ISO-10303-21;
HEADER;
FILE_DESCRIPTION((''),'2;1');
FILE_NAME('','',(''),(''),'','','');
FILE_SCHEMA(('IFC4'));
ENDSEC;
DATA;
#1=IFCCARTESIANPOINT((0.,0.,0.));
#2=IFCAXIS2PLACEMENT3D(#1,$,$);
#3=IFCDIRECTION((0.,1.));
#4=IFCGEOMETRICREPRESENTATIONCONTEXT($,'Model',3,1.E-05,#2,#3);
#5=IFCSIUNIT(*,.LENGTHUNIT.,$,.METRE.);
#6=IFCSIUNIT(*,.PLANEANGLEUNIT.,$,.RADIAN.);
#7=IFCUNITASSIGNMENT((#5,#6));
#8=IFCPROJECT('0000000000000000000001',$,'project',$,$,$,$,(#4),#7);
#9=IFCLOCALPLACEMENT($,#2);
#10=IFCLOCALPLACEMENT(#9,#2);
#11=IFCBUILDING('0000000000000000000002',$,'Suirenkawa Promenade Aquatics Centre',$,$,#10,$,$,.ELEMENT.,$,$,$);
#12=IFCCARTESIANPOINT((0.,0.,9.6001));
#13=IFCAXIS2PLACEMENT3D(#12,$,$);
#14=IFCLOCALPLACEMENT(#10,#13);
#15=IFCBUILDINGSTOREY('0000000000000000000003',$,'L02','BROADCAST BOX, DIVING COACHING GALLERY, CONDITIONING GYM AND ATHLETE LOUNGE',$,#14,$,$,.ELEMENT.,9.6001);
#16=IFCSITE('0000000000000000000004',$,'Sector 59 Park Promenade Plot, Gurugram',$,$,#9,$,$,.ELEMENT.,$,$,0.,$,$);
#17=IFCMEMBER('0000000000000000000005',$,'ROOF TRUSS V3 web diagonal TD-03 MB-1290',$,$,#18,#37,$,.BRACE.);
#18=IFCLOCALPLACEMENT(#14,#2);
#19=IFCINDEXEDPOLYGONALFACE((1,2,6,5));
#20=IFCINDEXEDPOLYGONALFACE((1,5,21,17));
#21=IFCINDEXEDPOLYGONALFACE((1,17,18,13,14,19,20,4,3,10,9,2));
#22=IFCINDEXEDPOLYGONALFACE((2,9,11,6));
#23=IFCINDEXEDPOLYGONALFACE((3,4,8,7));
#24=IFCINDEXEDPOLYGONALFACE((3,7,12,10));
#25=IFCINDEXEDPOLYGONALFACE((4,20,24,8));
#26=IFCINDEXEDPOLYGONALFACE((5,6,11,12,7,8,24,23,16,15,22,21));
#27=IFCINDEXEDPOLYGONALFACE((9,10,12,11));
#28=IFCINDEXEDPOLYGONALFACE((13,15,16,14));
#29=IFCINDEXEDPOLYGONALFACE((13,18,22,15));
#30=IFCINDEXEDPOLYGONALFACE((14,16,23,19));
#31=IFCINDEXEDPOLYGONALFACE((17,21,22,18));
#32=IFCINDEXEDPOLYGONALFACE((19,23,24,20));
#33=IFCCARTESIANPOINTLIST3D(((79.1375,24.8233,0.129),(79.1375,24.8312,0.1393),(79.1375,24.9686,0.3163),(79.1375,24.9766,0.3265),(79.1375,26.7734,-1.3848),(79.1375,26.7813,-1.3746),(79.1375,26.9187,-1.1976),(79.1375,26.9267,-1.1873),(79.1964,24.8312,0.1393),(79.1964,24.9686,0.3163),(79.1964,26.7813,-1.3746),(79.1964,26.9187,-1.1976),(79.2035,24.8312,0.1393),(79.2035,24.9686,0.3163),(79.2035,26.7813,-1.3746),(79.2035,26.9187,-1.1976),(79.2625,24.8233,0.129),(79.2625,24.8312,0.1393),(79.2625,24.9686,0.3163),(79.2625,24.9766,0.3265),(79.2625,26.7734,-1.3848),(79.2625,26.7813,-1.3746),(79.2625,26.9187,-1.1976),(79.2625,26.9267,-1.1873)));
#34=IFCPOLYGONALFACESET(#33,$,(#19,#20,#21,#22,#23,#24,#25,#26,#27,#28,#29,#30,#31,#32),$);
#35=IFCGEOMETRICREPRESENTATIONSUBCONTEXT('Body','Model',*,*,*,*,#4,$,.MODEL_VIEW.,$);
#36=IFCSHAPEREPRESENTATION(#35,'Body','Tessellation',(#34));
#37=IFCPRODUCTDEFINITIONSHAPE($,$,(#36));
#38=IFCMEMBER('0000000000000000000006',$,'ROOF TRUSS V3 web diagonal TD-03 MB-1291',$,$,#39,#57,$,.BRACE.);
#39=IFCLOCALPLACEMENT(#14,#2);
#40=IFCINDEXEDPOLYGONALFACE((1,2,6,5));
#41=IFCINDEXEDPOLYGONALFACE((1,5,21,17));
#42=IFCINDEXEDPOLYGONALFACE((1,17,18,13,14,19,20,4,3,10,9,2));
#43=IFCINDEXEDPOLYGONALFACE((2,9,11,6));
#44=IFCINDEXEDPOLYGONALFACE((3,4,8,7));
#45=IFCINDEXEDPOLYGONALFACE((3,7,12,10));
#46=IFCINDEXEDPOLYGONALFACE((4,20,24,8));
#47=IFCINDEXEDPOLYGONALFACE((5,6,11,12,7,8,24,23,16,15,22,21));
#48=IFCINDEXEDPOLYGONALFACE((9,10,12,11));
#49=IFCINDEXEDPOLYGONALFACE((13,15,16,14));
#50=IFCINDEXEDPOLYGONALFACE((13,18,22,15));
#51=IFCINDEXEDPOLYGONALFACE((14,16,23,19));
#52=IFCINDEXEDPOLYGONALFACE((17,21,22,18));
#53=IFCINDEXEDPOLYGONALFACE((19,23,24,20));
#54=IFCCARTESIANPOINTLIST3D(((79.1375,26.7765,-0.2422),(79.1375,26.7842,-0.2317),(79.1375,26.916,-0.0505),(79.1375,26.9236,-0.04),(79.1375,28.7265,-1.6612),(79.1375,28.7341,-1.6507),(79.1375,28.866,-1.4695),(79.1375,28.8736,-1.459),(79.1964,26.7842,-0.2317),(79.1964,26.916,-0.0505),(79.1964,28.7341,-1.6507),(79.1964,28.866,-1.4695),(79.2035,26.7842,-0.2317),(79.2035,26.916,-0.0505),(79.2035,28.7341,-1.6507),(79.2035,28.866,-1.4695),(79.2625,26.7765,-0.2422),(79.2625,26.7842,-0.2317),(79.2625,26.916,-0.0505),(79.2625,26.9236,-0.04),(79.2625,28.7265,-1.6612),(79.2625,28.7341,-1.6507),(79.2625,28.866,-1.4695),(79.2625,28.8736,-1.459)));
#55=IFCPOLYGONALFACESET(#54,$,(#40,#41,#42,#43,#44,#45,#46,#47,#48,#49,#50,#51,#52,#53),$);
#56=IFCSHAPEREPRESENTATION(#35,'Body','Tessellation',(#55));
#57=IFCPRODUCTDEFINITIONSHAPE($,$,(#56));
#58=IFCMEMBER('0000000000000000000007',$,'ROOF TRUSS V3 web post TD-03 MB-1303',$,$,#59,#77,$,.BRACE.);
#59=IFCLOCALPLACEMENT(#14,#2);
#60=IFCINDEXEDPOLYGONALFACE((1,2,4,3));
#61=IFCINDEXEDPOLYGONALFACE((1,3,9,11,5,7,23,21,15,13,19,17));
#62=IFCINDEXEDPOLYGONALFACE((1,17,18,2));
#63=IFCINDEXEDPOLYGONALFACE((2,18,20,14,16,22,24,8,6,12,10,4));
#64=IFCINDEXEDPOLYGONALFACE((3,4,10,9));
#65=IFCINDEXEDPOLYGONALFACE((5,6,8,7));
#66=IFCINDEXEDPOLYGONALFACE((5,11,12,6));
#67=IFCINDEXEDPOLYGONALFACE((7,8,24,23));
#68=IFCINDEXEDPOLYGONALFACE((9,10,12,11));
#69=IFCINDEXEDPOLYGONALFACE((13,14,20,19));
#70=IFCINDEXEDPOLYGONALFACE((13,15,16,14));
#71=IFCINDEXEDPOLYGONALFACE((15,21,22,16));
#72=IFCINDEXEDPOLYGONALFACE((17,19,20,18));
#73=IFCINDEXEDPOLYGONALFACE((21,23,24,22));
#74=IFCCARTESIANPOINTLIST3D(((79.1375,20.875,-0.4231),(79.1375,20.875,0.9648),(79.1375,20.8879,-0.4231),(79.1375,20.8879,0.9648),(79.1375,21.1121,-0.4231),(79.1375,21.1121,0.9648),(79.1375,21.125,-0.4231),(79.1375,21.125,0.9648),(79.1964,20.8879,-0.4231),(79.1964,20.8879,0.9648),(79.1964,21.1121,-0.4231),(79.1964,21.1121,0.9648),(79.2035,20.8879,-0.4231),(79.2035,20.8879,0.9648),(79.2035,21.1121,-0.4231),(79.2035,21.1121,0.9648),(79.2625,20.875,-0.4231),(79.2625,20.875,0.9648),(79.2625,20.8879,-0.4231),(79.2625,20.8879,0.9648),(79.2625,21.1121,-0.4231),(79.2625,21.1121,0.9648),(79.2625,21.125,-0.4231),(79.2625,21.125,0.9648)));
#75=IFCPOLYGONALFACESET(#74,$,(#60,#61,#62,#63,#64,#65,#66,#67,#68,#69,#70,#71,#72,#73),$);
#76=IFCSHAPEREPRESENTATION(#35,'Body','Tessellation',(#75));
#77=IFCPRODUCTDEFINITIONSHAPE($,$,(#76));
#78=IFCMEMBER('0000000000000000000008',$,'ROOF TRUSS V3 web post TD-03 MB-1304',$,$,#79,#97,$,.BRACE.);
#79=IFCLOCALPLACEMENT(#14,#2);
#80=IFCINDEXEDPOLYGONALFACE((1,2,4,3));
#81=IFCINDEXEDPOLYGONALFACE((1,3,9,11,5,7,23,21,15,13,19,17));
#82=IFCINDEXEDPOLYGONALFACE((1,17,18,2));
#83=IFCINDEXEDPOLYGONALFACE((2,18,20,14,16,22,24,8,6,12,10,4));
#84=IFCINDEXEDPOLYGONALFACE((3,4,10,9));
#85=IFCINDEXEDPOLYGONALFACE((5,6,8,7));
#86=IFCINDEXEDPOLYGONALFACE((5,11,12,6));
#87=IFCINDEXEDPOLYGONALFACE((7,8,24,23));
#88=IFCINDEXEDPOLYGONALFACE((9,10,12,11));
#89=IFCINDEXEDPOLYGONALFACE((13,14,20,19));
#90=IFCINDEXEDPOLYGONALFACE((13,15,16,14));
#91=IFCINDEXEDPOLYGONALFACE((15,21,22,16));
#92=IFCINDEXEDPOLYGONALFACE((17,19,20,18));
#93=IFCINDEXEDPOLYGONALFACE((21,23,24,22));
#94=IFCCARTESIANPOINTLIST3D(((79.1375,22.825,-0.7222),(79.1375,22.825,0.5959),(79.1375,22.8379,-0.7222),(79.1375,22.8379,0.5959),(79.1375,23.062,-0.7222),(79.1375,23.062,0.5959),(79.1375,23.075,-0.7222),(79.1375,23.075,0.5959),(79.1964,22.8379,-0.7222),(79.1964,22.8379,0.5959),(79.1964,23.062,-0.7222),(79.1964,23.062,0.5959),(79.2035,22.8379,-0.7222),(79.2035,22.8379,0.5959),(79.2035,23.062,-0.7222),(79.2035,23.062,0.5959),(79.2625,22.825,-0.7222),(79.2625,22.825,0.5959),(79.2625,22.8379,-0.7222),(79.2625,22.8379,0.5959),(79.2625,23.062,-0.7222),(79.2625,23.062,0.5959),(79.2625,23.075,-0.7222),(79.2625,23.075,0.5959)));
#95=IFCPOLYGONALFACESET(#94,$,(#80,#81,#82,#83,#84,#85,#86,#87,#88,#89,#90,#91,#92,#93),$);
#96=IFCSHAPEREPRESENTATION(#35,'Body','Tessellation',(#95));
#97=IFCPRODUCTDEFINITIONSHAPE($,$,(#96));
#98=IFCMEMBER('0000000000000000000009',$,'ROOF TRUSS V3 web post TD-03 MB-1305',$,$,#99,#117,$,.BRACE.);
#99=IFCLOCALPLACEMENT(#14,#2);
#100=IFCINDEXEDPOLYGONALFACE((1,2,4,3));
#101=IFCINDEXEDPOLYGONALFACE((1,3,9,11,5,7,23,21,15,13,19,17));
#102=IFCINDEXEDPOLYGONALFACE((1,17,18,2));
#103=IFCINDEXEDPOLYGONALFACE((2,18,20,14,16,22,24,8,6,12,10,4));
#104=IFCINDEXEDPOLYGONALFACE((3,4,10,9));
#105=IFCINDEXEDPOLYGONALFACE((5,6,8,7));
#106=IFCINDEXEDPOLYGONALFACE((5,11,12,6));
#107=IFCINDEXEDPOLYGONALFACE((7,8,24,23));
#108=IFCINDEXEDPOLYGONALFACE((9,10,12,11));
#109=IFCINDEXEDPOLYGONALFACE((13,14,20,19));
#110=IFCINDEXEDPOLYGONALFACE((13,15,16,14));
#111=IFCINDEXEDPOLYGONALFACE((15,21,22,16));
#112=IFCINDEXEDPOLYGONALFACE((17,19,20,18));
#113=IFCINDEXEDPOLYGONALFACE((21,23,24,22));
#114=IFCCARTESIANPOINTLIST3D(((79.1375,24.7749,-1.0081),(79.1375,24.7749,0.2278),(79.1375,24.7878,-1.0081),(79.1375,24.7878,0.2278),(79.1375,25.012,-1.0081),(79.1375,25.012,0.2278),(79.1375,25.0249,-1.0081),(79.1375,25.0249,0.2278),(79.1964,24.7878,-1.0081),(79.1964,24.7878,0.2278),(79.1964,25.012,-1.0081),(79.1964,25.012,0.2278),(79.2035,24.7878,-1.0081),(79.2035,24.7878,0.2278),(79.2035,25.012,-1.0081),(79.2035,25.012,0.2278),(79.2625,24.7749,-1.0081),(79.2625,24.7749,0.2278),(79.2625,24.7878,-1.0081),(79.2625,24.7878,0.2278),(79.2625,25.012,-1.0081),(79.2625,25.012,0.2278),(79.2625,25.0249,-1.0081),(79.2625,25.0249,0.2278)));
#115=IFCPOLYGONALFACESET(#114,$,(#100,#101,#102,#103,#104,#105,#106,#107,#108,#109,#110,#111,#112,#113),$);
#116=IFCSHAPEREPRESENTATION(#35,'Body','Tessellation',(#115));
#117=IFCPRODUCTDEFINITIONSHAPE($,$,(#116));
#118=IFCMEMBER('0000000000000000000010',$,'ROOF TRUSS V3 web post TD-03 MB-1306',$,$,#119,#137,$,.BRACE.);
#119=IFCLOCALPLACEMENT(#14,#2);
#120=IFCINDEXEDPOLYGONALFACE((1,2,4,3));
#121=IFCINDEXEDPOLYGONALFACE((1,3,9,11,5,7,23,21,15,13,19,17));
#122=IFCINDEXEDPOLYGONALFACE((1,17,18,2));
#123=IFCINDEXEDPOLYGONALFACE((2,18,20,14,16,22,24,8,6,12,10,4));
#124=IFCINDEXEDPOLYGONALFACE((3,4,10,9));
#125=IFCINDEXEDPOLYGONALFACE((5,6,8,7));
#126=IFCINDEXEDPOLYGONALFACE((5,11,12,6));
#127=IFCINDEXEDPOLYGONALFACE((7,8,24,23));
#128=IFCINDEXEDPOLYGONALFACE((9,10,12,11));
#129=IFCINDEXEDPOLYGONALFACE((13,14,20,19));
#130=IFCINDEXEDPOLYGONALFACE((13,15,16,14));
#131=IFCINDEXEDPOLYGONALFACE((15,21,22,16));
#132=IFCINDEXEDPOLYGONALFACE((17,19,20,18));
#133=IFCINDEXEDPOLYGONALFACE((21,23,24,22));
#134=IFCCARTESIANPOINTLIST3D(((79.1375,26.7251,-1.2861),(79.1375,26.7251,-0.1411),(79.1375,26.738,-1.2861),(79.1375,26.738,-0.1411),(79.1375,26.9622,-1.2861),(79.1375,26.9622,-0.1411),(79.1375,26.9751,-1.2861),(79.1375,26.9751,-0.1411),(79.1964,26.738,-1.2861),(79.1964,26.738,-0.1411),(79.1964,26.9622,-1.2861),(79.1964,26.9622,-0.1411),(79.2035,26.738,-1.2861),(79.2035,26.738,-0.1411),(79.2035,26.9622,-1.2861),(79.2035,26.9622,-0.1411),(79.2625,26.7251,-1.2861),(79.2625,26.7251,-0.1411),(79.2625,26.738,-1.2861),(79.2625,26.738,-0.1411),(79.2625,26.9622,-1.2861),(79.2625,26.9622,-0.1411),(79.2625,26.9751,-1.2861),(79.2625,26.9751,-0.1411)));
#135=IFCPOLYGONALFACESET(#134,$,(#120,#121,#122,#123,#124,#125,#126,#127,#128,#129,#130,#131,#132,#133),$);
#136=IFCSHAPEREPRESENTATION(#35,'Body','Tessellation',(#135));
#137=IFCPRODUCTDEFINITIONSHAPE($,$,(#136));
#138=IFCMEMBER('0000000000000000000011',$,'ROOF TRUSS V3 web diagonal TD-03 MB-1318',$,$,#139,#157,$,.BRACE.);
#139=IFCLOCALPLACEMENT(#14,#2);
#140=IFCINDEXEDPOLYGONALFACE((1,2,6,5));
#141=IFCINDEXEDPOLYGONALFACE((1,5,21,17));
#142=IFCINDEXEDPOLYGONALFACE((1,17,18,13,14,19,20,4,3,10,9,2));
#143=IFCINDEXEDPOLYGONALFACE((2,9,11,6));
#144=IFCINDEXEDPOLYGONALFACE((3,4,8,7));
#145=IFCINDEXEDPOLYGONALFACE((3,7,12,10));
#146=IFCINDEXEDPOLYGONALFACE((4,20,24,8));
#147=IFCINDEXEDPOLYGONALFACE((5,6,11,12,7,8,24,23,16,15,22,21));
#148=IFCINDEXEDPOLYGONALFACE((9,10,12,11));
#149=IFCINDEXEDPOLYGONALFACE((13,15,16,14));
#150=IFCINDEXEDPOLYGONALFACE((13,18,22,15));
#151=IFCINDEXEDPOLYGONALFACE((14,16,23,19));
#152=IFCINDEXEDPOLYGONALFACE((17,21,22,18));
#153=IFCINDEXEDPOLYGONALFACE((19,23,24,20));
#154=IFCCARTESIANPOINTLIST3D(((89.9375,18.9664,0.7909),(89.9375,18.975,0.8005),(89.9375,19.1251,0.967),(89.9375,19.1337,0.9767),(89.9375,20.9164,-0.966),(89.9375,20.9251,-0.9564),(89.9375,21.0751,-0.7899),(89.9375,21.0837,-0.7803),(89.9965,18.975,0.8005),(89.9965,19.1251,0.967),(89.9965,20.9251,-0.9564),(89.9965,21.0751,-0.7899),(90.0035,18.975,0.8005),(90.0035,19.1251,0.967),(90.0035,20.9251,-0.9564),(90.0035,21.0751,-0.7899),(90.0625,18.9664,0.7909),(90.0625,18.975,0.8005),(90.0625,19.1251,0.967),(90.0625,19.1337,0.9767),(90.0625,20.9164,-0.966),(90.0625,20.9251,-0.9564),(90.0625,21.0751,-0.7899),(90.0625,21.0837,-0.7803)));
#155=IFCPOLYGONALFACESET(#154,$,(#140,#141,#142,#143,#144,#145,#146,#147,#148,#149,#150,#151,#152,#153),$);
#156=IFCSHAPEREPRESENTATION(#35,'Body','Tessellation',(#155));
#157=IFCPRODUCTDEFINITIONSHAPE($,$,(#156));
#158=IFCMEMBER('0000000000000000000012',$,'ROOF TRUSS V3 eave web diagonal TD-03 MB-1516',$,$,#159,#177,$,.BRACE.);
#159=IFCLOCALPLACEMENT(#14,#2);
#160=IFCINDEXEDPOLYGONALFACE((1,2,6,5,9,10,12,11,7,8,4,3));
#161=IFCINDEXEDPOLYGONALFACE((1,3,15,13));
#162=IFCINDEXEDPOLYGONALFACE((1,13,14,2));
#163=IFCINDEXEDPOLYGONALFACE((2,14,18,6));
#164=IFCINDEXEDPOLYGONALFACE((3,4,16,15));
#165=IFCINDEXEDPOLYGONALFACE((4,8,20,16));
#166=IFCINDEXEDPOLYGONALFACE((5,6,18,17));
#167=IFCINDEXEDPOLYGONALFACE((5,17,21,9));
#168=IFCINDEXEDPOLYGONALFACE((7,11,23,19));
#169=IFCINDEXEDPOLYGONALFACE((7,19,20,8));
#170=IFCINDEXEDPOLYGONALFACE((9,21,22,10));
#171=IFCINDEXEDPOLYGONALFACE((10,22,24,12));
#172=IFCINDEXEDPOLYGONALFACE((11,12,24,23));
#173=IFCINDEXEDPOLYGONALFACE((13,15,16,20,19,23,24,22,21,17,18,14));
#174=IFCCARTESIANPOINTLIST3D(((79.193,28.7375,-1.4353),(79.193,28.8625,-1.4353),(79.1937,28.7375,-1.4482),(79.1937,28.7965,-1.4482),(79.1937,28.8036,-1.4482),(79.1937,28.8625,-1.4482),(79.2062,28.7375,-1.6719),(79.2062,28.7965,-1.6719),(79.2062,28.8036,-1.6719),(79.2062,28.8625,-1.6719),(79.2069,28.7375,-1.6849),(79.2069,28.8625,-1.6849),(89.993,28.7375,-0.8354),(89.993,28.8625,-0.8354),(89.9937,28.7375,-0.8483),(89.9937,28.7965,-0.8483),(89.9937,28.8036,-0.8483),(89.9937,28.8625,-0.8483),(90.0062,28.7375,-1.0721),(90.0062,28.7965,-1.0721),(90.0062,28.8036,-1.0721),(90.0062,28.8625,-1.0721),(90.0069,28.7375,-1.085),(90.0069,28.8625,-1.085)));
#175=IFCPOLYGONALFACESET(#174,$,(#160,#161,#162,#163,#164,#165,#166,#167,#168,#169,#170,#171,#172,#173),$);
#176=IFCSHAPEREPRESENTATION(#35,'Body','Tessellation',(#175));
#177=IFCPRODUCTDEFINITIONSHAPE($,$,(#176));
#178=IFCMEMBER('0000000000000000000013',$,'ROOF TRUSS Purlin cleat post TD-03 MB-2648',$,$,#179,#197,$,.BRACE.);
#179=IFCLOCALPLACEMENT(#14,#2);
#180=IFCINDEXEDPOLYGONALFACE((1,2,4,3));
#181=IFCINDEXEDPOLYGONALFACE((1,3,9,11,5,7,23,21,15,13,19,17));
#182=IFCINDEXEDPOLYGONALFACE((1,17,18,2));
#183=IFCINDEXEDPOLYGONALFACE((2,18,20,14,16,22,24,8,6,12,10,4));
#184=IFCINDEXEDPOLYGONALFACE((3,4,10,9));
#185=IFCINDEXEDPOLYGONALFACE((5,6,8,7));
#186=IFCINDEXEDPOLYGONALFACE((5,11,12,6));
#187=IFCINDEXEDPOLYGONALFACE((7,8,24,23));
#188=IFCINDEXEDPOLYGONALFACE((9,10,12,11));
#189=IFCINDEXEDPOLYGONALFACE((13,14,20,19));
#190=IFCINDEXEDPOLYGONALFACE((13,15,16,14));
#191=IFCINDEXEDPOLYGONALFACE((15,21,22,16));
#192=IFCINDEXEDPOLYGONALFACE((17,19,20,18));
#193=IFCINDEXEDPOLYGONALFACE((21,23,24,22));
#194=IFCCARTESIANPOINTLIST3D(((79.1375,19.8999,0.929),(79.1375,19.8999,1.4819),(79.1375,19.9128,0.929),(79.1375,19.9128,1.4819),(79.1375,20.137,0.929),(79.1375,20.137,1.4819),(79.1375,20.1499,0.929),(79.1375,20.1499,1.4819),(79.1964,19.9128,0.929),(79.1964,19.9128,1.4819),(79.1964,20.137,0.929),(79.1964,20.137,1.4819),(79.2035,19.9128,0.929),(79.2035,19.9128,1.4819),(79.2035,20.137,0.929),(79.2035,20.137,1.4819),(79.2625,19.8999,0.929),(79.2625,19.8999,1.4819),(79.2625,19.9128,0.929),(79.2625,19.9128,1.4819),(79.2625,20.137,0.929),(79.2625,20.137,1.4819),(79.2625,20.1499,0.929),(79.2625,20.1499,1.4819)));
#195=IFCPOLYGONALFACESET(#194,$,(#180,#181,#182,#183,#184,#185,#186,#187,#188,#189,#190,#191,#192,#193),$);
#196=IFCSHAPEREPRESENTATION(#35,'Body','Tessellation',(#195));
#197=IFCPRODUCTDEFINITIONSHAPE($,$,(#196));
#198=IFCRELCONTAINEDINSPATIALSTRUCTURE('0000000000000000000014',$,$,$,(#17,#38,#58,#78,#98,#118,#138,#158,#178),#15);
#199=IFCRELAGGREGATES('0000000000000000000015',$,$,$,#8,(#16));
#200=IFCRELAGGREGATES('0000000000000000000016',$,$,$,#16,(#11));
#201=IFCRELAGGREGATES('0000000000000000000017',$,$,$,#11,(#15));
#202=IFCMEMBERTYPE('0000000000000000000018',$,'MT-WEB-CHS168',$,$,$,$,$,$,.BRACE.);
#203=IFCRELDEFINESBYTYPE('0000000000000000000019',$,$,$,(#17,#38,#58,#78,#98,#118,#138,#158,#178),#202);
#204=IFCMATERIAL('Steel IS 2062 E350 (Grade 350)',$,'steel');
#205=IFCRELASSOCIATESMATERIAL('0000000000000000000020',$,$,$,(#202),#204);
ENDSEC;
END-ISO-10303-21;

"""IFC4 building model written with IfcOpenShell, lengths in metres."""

from ifc_helpers import new_model, si_unit, direction, frame, origin, origin_2d, place, context, subcontext, project, spatial, i_section, extrude, material, material_profile, profile_set, type_object, element, save


model = new_model("IFC4")

# Units and contexts
model_context = context("Model", 3, precision=1e-05, world=origin(), true_north=direction((0.0, 1.0)))
body_context = subcontext(model_context, "Body", "Model", "MODEL_VIEW")
ifc_project = project(units=[si_unit("LENGTHUNIT", "METRE"), si_unit("PLANEANGLEUNIT", "RADIAN")], contexts=[model_context])

# Site, building, storey
site_placement = place(None, origin())
site = spatial("IfcSite", under=ifc_project, at=site_placement, Name="Sector 59 Park Promenade Plot, Gurugram", CompositionType="ELEMENT", RefElevation=0.0)
building_placement = place(site_placement, origin())
building = spatial("IfcBuilding", under=site, at=building_placement, Name="Suirenkawa Promenade Aquatics Centre", CompositionType="ELEMENT")
storey_placement = place(building_placement, frame((0.0, 0.0, 9.6001)))
storey = spatial("IfcBuildingStorey", under=building, at=storey_placement, Name="L02", Description="BROADCAST BOX, DIVING COACHING GALLERY, CONDITIONING GYM AND ATHLETE LOUNGE", CompositionType="ELEMENT", Elevation=9.6001)

# Shared definitions
ifc_material = material(Name="Steel IS 2062 E350 (Grade 350)", Category="steel")

# Members
ifc_material_profile_1 = material_profile(ifc_material, i_section(OverallWidth=0.125, OverallDepth=0.25, WebThickness=0.0071, FlangeThickness=0.0129, at=origin_2d()), Name="ISMB 250", Category="steel")
ifc_profile_set_1 = profile_set([ifc_material_profile_1], Name="Steel IS 2062 E350 (Grade 350)")
member_type_1 = type_object("IfcMemberType", Name="MT-WEB-CHS168", PredefinedType="BRACE", material=ifc_profile_set_1)
member_1_placement = place(storey_placement, frame((79.2, 24.8999, 0.2278), z_axis=(0.0, 0.789922, -0.613208), x_axis=(-1.0, 0.0, 0.0)))
element("IfcMember", 1, at=member_1_placement, inside=storey, type_object=member_type_1, Name="ROOF TRUSS V3 web diagonal TD-03 MB-1290", PredefinedType="BRACE", context=body_context, shape_type="SweptSolid", body=[
    extrude(i_section(OverallWidth=0.125, OverallDepth=0.25, WebThickness=0.0071, FlangeThickness=0.0129, at=origin_2d()), origin(), (0.0, 0.0, 1.0), 2.4688),
])
member_2_placement = place(storey_placement, frame((79.2, 26.8501, -0.1411), z_axis=(0.0, 0.808578, -0.588388), x_axis=(-1.0, 0.0, 0.0)))
element("IfcMember", 2, at=member_2_placement, inside=storey, type_object=member_type_1, Name="ROOF TRUSS V3 web diagonal TD-03 MB-1291", PredefinedType="BRACE", context=body_context, shape_type="SweptSolid", body=[
    extrude(i_section(OverallWidth=0.125, OverallDepth=0.25, WebThickness=0.0071, FlangeThickness=0.0129, at=origin_2d()), origin(), (0.0, 0.0, 1.0), 2.4116),
])
member_3_placement = place(storey_placement, frame((79.2, 21.0, -0.4231), z_axis=(0.0, 0.0, 1.0), x_axis=(1.0, 0.0, 0.0)))
element("IfcMember", 3, at=member_3_placement, inside=storey, type_object=member_type_1, Name="ROOF TRUSS V3 web post TD-03 MB-1303", PredefinedType="BRACE", context=body_context, shape_type="SweptSolid", body=[
    extrude(i_section(OverallWidth=0.125, OverallDepth=0.25, WebThickness=0.0071, FlangeThickness=0.0129, at=origin_2d()), origin(), (0.0, 0.0, 1.0), 1.3879),
])
member_4_placement = place(storey_placement, frame((79.2, 22.95, -0.7222), z_axis=(0.0, 0.0, 1.0), x_axis=(1.0, 0.0, 0.0)))
element("IfcMember", 4, at=member_4_placement, inside=storey, type_object=member_type_1, Name="ROOF TRUSS V3 web post TD-03 MB-1304", PredefinedType="BRACE", context=body_context, shape_type="SweptSolid", body=[
    extrude(i_section(OverallWidth=0.125, OverallDepth=0.25, WebThickness=0.0071, FlangeThickness=0.0129, at=origin_2d()), origin(), (0.0, 0.0, 1.0), 1.3181),
])
member_5_placement = place(storey_placement, frame((79.2, 24.8999, -1.0081), z_axis=(0.0, 0.0, 1.0), x_axis=(1.0, 0.0, 0.0)))
element("IfcMember", 5, at=member_5_placement, inside=storey, type_object=member_type_1, Name="ROOF TRUSS V3 web post TD-03 MB-1305", PredefinedType="BRACE", context=body_context, shape_type="SweptSolid", body=[
    extrude(i_section(OverallWidth=0.125, OverallDepth=0.25, WebThickness=0.0071, FlangeThickness=0.0129, at=origin_2d()), origin(), (0.0, 0.0, 1.0), 1.2358),
])
member_6_placement = place(storey_placement, frame((79.2, 26.8501, -1.2861), z_axis=(0.0, 0.0, 1.0), x_axis=(1.0, 0.0, 0.0)))
element("IfcMember", 6, at=member_6_placement, inside=storey, type_object=member_type_1, Name="ROOF TRUSS V3 web post TD-03 MB-1306", PredefinedType="BRACE", context=body_context, shape_type="SweptSolid", body=[
    extrude(i_section(OverallWidth=0.125, OverallDepth=0.25, WebThickness=0.0071, FlangeThickness=0.0129, at=origin_2d()), origin(), (0.0, 0.0, 1.0), 1.145),
])
member_7_placement = place(storey_placement, frame((90.0, 19.05, 0.8838), z_axis=(0.0, 0.742938, -0.66936), x_axis=(-1.0, 0.0, 0.0)))
element("IfcMember", 7, at=member_7_placement, inside=storey, type_object=member_type_1, Name="ROOF TRUSS V3 web diagonal TD-03 MB-1318", PredefinedType="BRACE", context=body_context, shape_type="SweptSolid", body=[
    extrude(i_section(OverallWidth=0.125, OverallDepth=0.25, WebThickness=0.0071, FlangeThickness=0.0129, at=origin_2d()), origin(), (0.0, 0.0, 1.0), 2.6248),
])
member_8_placement = place(storey_placement, frame((79.2, 28.8, -1.5601), z_axis=(0.998461, 0.0, 0.055456), x_axis=(0.0, 1.0, 0.0)))
element("IfcMember", 8, at=member_8_placement, inside=storey, type_object=member_type_1, Name="ROOF TRUSS V3 eave web diagonal TD-03 MB-1516", PredefinedType="BRACE", context=body_context, shape_type="SweptSolid", body=[
    extrude(i_section(OverallWidth=0.125, OverallDepth=0.25, WebThickness=0.0071, FlangeThickness=0.0129, at=origin_2d()), origin(), (0.0, 0.0, 1.0), 10.8167),
])
member_9_placement = place(storey_placement, frame((79.2, 20.0249, 0.929), z_axis=(0.0, 0.0, 1.0), x_axis=(1.0, 0.0, 0.0)))
element("IfcMember", 9, at=member_9_placement, inside=storey, type_object=member_type_1, Name="ROOF TRUSS Purlin cleat post TD-03 MB-2648", PredefinedType="BRACE", context=body_context, shape_type="SweptSolid", body=[
    extrude(i_section(OverallWidth=0.125, OverallDepth=0.25, WebThickness=0.0071, FlangeThickness=0.0129, at=origin_2d()), origin(), (0.0, 0.0, 1.0), 0.553),
])

save(model, "model.ifc")
